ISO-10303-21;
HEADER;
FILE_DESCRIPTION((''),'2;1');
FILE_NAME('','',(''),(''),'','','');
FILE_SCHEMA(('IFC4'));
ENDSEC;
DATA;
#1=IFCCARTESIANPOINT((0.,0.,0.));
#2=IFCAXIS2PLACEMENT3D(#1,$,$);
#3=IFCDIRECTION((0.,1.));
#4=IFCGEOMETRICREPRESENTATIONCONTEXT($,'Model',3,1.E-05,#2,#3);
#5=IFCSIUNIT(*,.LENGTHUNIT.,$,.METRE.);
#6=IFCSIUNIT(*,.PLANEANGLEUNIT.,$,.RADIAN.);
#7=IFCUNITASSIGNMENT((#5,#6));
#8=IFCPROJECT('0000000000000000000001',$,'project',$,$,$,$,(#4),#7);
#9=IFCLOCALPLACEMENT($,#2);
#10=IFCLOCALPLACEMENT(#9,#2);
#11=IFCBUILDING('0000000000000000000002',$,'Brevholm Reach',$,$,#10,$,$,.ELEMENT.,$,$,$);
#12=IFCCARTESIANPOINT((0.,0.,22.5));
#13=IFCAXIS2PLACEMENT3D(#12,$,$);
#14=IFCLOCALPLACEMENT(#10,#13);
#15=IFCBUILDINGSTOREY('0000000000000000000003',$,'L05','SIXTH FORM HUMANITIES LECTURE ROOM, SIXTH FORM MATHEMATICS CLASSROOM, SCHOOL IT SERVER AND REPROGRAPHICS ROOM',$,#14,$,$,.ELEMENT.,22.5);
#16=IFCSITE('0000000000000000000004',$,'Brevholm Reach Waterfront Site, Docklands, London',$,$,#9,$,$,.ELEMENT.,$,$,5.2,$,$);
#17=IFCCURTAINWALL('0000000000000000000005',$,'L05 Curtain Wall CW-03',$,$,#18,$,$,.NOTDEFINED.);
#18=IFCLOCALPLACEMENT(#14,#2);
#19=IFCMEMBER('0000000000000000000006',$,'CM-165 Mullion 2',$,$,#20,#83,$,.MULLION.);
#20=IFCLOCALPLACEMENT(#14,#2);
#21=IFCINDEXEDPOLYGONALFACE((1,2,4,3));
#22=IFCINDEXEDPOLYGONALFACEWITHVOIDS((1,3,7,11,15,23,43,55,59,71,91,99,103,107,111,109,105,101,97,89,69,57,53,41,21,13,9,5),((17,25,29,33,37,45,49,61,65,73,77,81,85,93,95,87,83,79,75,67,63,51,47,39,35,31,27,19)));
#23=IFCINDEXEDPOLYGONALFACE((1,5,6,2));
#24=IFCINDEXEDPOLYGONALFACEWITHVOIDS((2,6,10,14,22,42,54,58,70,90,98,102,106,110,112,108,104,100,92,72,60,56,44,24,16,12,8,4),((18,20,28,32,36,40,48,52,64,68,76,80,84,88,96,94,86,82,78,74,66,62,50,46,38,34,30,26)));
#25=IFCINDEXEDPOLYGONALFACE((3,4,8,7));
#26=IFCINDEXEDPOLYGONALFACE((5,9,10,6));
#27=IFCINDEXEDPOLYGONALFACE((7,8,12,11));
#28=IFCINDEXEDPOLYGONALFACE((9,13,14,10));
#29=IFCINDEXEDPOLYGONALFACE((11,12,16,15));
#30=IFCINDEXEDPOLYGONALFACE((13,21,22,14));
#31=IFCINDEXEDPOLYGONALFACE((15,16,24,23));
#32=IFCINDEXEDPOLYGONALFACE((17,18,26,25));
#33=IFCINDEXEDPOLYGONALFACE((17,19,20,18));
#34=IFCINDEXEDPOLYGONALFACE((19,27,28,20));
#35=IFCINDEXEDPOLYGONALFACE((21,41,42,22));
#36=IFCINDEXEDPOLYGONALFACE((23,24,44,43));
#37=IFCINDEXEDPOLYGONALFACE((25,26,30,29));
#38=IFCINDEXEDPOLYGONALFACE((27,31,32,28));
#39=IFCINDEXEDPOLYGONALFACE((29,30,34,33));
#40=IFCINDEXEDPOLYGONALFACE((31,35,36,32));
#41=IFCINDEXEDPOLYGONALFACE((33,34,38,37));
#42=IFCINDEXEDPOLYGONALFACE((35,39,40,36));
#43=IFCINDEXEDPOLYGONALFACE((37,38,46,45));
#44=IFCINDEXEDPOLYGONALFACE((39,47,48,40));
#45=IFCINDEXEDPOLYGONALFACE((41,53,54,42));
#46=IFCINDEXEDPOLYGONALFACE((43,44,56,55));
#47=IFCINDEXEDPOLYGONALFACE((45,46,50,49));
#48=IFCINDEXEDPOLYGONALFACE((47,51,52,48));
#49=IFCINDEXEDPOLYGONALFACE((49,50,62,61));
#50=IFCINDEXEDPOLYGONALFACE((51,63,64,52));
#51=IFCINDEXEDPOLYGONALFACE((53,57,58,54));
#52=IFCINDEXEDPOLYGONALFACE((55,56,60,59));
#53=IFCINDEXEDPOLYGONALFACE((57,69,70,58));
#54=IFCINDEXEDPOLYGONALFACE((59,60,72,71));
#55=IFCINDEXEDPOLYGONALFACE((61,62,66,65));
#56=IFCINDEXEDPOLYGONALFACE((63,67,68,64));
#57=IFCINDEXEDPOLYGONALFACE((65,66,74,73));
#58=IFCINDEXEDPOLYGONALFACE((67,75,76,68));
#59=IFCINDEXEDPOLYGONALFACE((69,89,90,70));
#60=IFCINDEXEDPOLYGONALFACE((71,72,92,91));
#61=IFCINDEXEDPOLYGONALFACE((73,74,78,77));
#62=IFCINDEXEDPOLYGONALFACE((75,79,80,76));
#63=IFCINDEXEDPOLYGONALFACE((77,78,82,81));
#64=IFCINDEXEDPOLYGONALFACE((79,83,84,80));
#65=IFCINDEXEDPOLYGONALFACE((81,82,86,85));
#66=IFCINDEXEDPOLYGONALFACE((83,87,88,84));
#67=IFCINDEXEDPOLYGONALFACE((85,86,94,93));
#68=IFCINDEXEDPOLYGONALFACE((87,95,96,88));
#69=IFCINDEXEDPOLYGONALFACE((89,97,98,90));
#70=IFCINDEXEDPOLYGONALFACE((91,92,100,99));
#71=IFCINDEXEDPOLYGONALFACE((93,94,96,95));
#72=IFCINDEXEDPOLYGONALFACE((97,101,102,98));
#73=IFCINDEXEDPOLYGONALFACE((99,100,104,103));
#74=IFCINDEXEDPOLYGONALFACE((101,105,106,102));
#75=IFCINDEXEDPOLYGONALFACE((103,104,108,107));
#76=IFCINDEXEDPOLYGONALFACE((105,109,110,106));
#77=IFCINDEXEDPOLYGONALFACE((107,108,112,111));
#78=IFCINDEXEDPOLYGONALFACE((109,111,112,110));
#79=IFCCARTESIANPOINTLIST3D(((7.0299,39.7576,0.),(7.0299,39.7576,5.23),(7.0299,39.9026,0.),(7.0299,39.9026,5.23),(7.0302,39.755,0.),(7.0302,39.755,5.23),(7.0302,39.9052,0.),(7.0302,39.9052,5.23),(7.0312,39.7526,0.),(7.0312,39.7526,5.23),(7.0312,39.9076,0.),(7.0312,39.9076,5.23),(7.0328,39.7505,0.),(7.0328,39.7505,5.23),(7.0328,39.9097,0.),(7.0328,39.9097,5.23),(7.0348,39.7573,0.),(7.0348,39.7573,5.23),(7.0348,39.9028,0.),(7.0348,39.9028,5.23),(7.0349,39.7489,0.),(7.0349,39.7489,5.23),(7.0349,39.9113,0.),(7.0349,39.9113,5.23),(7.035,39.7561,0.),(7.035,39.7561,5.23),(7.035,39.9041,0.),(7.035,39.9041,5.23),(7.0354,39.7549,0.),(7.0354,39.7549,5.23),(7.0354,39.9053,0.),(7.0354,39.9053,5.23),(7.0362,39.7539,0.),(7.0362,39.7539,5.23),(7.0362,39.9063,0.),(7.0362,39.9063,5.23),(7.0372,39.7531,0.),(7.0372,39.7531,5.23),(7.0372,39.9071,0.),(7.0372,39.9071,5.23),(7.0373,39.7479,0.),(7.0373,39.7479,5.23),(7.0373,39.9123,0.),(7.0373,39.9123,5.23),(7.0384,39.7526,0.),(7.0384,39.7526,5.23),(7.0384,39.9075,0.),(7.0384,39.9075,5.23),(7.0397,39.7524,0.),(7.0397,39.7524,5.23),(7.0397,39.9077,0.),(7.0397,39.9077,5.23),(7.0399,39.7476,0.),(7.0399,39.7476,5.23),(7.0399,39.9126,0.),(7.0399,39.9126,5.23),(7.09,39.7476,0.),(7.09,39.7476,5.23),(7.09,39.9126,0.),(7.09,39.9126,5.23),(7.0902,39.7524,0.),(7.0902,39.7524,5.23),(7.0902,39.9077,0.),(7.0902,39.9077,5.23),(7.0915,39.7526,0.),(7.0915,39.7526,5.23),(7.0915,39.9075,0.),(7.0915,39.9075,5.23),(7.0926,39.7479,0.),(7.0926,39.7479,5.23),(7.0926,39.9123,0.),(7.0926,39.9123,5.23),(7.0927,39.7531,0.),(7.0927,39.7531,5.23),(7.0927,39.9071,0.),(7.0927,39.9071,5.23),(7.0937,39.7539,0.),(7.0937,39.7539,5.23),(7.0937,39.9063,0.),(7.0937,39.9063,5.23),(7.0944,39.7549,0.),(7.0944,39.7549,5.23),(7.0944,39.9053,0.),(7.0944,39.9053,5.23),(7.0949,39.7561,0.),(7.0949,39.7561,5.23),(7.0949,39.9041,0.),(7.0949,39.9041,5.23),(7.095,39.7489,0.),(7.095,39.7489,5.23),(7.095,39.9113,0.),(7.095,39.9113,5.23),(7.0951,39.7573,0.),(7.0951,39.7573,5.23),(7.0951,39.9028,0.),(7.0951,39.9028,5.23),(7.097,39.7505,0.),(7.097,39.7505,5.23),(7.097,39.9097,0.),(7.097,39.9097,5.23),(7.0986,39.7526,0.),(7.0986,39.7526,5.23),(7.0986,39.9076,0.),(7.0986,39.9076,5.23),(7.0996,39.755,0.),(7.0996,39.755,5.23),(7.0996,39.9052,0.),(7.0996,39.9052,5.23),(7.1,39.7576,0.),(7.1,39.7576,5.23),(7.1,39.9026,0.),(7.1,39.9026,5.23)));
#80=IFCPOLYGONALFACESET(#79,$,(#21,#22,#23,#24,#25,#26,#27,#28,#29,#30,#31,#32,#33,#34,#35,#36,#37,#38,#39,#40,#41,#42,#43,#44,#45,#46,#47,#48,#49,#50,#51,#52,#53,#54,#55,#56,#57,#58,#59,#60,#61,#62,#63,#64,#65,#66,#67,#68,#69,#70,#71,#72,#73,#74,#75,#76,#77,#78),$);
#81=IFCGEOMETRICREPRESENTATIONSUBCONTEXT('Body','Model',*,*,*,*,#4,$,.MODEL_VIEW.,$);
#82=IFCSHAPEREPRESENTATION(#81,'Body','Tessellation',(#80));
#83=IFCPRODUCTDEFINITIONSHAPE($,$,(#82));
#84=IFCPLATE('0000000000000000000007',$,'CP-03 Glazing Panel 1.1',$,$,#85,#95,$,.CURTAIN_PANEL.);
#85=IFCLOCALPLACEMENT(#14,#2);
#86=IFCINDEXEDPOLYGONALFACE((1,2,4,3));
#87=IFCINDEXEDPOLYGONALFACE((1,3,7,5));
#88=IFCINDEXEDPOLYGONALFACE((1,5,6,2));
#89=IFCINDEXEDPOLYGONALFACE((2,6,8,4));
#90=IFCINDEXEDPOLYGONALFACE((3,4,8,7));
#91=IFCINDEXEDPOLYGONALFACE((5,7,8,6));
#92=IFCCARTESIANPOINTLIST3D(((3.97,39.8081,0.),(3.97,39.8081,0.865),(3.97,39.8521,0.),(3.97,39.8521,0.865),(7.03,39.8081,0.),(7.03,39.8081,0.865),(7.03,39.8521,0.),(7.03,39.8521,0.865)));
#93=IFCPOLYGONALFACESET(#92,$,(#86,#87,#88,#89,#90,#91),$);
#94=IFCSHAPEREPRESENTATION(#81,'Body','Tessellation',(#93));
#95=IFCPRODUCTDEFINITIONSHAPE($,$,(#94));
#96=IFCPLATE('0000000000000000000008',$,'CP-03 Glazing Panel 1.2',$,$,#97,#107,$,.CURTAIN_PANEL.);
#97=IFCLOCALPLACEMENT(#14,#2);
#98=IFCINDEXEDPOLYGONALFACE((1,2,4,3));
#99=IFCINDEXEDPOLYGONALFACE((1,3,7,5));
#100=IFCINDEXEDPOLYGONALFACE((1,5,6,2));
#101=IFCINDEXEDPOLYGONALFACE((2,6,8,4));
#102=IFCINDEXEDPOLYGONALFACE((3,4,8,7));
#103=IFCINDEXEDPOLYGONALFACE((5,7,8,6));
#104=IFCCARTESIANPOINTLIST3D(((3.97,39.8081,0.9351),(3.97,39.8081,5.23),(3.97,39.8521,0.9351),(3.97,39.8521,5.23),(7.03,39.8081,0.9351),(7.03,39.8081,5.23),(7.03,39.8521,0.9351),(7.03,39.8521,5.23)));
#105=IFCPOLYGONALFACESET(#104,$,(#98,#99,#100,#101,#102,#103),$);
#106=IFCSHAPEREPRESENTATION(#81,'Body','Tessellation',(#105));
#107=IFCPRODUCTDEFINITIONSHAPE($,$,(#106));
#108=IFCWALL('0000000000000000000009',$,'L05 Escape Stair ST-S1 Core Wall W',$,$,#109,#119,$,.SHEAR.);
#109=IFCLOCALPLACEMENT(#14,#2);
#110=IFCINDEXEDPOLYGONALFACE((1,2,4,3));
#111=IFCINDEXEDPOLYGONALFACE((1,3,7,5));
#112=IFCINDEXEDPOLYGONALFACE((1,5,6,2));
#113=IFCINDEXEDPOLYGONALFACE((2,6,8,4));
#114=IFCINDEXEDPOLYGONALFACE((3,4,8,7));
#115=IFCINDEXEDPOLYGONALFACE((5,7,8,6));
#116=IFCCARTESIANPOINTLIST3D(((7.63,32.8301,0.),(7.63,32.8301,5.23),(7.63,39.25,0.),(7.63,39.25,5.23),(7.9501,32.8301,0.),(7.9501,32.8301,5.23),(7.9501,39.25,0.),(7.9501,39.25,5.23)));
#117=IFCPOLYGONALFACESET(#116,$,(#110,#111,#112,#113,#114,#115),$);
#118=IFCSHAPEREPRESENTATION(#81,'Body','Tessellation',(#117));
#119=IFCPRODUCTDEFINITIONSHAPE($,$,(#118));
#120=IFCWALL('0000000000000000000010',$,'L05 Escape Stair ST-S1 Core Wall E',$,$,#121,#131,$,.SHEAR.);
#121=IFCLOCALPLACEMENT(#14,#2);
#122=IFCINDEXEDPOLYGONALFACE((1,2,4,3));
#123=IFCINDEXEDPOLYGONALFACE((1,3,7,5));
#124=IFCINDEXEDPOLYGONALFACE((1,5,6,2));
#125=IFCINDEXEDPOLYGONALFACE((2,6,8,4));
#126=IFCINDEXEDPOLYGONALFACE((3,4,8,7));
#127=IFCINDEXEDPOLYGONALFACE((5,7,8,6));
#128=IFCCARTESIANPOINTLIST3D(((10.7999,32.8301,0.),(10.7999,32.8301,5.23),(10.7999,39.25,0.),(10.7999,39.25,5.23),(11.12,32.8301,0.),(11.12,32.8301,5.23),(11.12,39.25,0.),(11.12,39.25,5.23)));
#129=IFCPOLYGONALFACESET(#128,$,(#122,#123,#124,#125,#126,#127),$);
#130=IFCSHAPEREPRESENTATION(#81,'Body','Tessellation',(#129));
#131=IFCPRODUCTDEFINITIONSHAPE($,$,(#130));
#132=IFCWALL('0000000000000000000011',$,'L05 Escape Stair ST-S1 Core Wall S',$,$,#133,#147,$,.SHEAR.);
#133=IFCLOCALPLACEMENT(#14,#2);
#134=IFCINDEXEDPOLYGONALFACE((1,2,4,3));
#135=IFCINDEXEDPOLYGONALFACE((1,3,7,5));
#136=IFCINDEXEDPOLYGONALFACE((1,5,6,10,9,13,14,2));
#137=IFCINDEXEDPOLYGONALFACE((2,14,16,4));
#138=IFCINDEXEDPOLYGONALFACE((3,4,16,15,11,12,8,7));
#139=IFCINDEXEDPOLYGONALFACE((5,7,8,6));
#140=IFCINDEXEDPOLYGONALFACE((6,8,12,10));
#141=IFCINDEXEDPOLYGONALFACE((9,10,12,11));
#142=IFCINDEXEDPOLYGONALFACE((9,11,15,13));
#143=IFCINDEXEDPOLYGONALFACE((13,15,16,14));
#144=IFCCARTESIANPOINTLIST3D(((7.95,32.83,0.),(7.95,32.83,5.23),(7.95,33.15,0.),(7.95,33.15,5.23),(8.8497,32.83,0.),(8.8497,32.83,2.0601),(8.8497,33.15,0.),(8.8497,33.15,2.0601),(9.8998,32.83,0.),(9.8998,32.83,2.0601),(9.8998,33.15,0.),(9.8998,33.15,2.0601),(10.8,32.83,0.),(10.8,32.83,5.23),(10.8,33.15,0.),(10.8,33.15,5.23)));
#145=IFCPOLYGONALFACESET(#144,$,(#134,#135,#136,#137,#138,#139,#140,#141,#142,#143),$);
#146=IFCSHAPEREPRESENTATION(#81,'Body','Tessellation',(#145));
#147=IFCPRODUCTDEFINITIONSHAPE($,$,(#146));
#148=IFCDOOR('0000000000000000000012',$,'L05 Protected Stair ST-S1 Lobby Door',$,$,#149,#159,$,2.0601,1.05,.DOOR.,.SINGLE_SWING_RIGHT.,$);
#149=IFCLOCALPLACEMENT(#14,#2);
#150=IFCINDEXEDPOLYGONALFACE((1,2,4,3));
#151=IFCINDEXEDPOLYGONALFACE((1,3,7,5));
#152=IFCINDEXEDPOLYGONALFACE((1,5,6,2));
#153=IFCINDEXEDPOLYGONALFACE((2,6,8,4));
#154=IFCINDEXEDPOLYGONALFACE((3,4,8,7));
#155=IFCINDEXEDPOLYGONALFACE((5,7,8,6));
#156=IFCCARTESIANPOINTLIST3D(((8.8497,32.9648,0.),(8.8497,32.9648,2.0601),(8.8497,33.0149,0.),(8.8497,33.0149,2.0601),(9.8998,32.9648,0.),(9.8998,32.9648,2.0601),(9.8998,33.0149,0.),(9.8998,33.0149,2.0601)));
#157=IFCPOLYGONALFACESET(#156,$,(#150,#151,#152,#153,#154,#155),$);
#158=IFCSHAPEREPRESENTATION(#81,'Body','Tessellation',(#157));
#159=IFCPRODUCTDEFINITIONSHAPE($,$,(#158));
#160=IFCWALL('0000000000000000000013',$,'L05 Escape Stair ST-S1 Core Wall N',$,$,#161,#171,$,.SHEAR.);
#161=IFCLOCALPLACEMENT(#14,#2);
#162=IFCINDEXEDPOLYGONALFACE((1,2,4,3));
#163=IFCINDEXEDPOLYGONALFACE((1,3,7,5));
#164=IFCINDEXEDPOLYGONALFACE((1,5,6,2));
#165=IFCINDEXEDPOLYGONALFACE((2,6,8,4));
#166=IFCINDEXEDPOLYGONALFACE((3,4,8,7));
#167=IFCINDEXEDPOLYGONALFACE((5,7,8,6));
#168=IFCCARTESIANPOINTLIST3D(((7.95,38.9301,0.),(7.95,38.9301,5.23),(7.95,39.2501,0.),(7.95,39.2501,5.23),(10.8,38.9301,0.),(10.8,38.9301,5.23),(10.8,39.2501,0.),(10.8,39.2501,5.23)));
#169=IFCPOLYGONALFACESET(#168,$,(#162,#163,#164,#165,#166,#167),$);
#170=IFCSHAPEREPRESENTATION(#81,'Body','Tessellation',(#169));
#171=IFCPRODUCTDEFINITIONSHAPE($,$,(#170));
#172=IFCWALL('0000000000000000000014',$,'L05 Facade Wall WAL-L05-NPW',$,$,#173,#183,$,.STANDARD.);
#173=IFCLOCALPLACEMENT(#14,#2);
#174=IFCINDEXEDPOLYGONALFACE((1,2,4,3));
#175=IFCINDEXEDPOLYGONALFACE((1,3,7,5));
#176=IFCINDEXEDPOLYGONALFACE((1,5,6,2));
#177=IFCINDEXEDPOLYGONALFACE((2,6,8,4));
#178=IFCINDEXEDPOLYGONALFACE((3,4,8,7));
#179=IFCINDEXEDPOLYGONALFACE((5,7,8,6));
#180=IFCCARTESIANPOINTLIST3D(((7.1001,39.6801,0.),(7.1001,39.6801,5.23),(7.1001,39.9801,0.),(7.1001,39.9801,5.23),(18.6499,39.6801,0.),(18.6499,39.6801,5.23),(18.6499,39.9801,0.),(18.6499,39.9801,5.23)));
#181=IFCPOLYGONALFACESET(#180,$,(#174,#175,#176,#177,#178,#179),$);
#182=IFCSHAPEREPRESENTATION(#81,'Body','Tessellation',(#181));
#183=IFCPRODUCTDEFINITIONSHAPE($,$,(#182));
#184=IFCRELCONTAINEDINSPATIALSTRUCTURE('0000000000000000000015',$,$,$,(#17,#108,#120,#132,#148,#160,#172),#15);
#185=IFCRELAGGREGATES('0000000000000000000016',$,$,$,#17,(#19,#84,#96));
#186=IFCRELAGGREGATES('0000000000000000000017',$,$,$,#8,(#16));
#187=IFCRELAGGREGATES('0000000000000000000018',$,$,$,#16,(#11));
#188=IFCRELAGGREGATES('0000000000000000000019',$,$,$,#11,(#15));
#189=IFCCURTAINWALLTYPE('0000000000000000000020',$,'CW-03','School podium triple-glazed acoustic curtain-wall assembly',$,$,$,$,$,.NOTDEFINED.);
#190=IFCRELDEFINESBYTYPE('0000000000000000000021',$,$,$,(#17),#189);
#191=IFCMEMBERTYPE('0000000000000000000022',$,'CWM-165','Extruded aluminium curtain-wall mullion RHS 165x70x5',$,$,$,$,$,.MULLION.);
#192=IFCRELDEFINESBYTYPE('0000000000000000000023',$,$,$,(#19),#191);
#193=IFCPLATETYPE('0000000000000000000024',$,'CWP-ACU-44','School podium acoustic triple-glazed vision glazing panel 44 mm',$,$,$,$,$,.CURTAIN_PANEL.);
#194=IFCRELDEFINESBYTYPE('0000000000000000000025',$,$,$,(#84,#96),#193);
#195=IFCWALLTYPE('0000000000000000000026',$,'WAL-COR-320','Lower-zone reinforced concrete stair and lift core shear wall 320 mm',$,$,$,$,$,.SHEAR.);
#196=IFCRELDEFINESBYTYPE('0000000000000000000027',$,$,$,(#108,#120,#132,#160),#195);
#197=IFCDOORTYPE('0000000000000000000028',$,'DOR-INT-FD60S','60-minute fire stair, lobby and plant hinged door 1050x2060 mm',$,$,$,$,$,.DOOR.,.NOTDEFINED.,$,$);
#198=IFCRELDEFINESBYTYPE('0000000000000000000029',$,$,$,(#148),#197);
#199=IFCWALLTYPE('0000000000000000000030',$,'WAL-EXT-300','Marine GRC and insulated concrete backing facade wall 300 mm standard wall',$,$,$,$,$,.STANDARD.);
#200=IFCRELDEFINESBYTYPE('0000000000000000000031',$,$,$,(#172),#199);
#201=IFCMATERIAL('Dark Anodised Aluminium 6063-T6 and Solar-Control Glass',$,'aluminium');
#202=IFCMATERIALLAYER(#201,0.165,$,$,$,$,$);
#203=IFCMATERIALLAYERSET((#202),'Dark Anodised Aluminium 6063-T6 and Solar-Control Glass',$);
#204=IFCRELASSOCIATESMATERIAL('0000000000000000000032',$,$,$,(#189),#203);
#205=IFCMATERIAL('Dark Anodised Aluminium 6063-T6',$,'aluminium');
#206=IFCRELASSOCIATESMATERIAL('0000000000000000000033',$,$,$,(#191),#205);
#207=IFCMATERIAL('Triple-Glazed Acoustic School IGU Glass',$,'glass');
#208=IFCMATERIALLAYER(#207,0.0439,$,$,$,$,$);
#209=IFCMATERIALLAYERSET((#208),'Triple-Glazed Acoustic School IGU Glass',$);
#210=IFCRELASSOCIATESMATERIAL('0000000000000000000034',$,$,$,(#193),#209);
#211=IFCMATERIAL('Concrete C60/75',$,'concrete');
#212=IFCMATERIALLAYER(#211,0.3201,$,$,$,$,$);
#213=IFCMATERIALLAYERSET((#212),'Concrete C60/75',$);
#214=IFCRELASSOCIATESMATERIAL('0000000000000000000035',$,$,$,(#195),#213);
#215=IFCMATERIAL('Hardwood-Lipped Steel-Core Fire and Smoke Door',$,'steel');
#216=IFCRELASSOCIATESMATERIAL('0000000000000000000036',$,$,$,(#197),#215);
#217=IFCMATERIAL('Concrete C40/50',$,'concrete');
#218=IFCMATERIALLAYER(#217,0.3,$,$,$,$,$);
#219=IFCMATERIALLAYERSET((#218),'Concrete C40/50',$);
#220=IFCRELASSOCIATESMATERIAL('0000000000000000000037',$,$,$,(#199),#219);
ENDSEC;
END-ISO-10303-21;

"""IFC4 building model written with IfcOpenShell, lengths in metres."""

from ifc_helpers import new_model, si_unit, direction, frame, frame_2d, origin, origin_2d, place, context, subcontext, project, spatial, rectangle, hollow_rectangle, extrude, material, layer, layer_set, material_profile, profile_set, type_object, element, fill, aggregate, save


model = new_model("IFC4")

# Units and contexts
model_context = context("Model", 3, precision=1e-05, world=origin(), true_north=direction((0.0, 1.0)))
body_context = subcontext(model_context, "Body", "Model", "MODEL_VIEW")
ifc_project = project(units=[si_unit("LENGTHUNIT", "METRE"), si_unit("PLANEANGLEUNIT", "RADIAN")], contexts=[model_context])

# Site, building, storey
site_placement = place(None, origin())
site = spatial("IfcSite", under=ifc_project, at=site_placement, Name="Brevholm Reach Waterfront Site, Docklands, London", CompositionType="ELEMENT", RefElevation=5.2)
building_placement = place(site_placement, origin())
building = spatial("IfcBuilding", under=site, at=building_placement, Name="Brevholm Reach", CompositionType="ELEMENT")
storey_placement = place(building_placement, frame((0.0, 0.0, 22.5)))
storey = spatial("IfcBuildingStorey", under=building, at=storey_placement, Name="L05", Description="SIXTH FORM HUMANITIES LECTURE ROOM, SIXTH FORM MATHEMATICS CLASSROOM, SCHOOL IT SERVER AND REPROGRAPHICS ROOM", CompositionType="ELEMENT", Elevation=22.5)

# Curtain wall, member, plates
ifc_material_1 = material(Name="Dark Anodised Aluminium 6063-T6 and Solar-Control Glass", Category="aluminium")
ifc_layer_1 = layer(ifc_material_1, 0.165)
ifc_layer_set_1 = layer_set([ifc_layer_1], Name="Dark Anodised Aluminium 6063-T6 and Solar-Control Glass")
curtain_wall_type = type_object("IfcCurtainWallType", Name="CW-03", Description="School podium triple-glazed acoustic curtain-wall assembly", PredefinedType="NOTDEFINED", material=ifc_layer_set_1)
curtain_wall_placement = place(storey_placement, origin())
curtain_wall = element("IfcCurtainWall", 1, at=curtain_wall_placement, inside=storey, type_object=curtain_wall_type, Name="L05 Curtain Wall CW-03", PredefinedType="NOTDEFINED")
ifc_material_2 = material(Name="Dark Anodised Aluminium 6063-T6", Category="aluminium")
ifc_material_profile_1 = material_profile(ifc_material_2, hollow_rectangle(XDim=0.0701, YDim=0.165, WallThickness=0.0049, InnerFilletRadius=0.0049, OuterFilletRadius=0.01, at=origin_2d()), Name="RHS 165x70x5")
ifc_profile_set_1 = profile_set([ifc_material_profile_1], Name="Dark Anodised Aluminium 6063-T6")
member_type = type_object("IfcMemberType", Name="CWM-165", Description="Extruded aluminium curtain-wall mullion RHS 165x70x5", PredefinedType="MULLION", material=ifc_profile_set_1)
member_placement = place(storey_placement, frame((7.0649, 39.8301, 0.0), z_axis=(0.0, 0.0, 1.0), x_axis=(1.0, 0.0, 0.0)))
member = element("IfcMember", 2, at=member_placement, type_object=member_type, Name="CM-165 Mullion 2", PredefinedType="MULLION", context=body_context, shape_type="SweptSolid", body=[
    extrude(hollow_rectangle(XDim=0.0701, YDim=0.165, WallThickness=0.0049, InnerFilletRadius=0.0049, OuterFilletRadius=0.01, at=origin_2d()), origin(), (0.0, 0.0, 1.0), 5.23),
])
ifc_material_3 = material(Name="Triple-Glazed Acoustic School IGU Glass", Category="glass")
ifc_layer_2 = layer(ifc_material_3, 0.0439)
ifc_layer_set_2 = layer_set([ifc_layer_2], Name="Triple-Glazed Acoustic School IGU Glass")
plate_type = type_object("IfcPlateType", Name="CWP-ACU-44", Description="School podium acoustic triple-glazed vision glazing panel 44 mm", PredefinedType="CURTAIN_PANEL", material=ifc_layer_set_2)
plate_1_placement = place(storey_placement, frame((5.5, 39.8301, 0.0), z_axis=(0.0, 0.0, 1.0), x_axis=(1.0, 0.0, 0.0)))
plate_1 = element("IfcPlate", 3, at=plate_1_placement, type_object=plate_type, Name="CP-03 Glazing Panel 1.1", PredefinedType="CURTAIN_PANEL", context=body_context, shape_type="SweptSolid", body=[
    extrude(rectangle(XDim=3.0601, YDim=0.0439, at=origin_2d()), origin(), (0.0, 0.0, 1.0), 0.865),
])
plate_2_placement = place(storey_placement, frame((5.5, 39.8301, 0.9351), z_axis=(0.0, 0.0, 1.0), x_axis=(1.0, 0.0, 0.0)))
plate_2 = element("IfcPlate", 4, at=plate_2_placement, type_object=plate_type, Name="CP-03 Glazing Panel 1.2", PredefinedType="CURTAIN_PANEL", context=body_context, shape_type="SweptSolid", body=[
    extrude(rectangle(XDim=3.0601, YDim=0.0439, at=origin_2d()), origin(), (0.0, 0.0, 1.0), 4.2949),
])
aggregate(curtain_wall, [member, plate_1, plate_2])

# Walls
ifc_material_4 = material(Name="Concrete C60/75", Category="concrete")
ifc_layer_3 = layer(ifc_material_4, 0.3201)
ifc_layer_set_3 = layer_set([ifc_layer_3], Name="Concrete C60/75")
wall_type_1 = type_object("IfcWallType", Name="WAL-COR-320", Description="Lower-zone reinforced concrete stair and lift core shear wall 320 mm", PredefinedType="SHEAR", material=ifc_layer_set_3)
for number, where, z_axis, x_axis, name in (
    (5, (7.79, 32.8301, 0.0), (0.0, 0.0, 1.0), (0.0, 1.0, 0.0), "L05 Escape Stair ST-S1 Core Wall W"),
    (6, (10.96, 32.8301, 0.0), (0.0, 0.0, 1.0), (0.0, 1.0, 0.0), "L05 Escape Stair ST-S1 Core Wall E"),
):
    element("IfcWall", number, at=place(storey_placement, frame(where, z_axis=z_axis, x_axis=x_axis)), inside=storey, type_object=wall_type_1, Name=name, PredefinedType="SHEAR", context=body_context, shape_type="SweptSolid", body=[
        extrude(rectangle(XDim=6.4199, YDim=0.3201, at=frame_2d((3.21, 0.0))), origin(), (0.0, 0.0, 1.0), 5.23),
    ])

# Wall, opening, door
wall_1_placement = place(storey_placement, frame((7.95, 32.99, 0.0), z_axis=(0.0, 0.0, 1.0), x_axis=(1.0, 0.0, 0.0)))
wall_1 = element("IfcWall", 7, at=wall_1_placement, inside=storey, type_object=wall_type_1, Name="L05 Escape Stair ST-S1 Core Wall S", PredefinedType="SHEAR", context=body_context, shape_type="SweptSolid", body=[
    extrude(rectangle(XDim=2.8501, YDim=0.3201, at=frame_2d((1.425, 0.0))), origin(), (0.0, 0.0, 1.0), 5.23),
])
opening_1_placement = place(wall_1_placement, frame((0.8999, 0.0, 0.0)))
opening_1 = element("IfcOpeningElement", 8, at=opening_1_placement, cuts=wall_1, PredefinedType="OPENING", context=body_context, shape_type="SweptSolid", body=[
    extrude(rectangle(XDim=1.05, YDim=2.0601, at=frame_2d((0.5249, 1.03))), frame((0.0, 0.1699, 0.0), z_axis=(0.0, -1.0, 0.0), x_axis=(1.0, 0.0, 0.0)), (0.0, 0.0, 1.0), 0.3401),
])
ifc_material_5 = material(Name="Hardwood-Lipped Steel-Core Fire and Smoke Door", Category="steel")
door_type_1 = type_object("IfcDoorType", Name="DOR-INT-FD60S", Description="60-minute fire stair, lobby and plant hinged door 1050x2060 mm", OperationType="NOTDEFINED", PredefinedType="DOOR", material=ifc_material_5)
door_1_placement = place(opening_1_placement, origin())
door_1 = element("IfcDoor", 9, at=door_1_placement, inside=storey, type_object=door_type_1, Name="L05 Protected Stair ST-S1 Lobby Door", OperationType="SINGLE_SWING_RIGHT", OverallHeight=2.0601, OverallWidth=1.05, PredefinedType="DOOR", context=body_context, shape_type="SweptSolid", body=[
    extrude(rectangle(XDim=1.05, YDim=2.0601, at=frame_2d((0.5249, 1.03))), frame((0.0, 0.0249, 0.0), z_axis=(0.0, -1.0, 0.0), x_axis=(1.0, 0.0, 0.0)), (0.0, 0.0, 1.0), 0.05),
])
fill(opening_1, door_1)

# Walls
wall_2_placement = place(storey_placement, frame((10.8, 39.0901, 0.0), z_axis=(0.0, 0.0, 1.0), x_axis=(-1.0, 0.0, 0.0)))
element("IfcWall", 10, at=wall_2_placement, inside=storey, type_object=wall_type_1, Name="L05 Escape Stair ST-S1 Core Wall N", PredefinedType="SHEAR", context=body_context, shape_type="SweptSolid", body=[
    extrude(rectangle(XDim=2.8501, YDim=0.3201, at=frame_2d((1.425, 0.0))), origin(), (0.0, 0.0, 1.0), 5.23),
])
ifc_material_6 = material(Name="Concrete C40/50", Category="concrete")
ifc_layer_4 = layer(ifc_material_6, 0.3)
ifc_layer_set_4 = layer_set([ifc_layer_4], Name="Concrete C40/50")
wall_type_2 = type_object("IfcWallType", Name="WAL-EXT-300", Description="Marine GRC and insulated concrete backing facade wall 300 mm standard wall", PredefinedType="STANDARD", material=ifc_layer_set_4)
wall_3_placement = place(storey_placement, frame((7.1001, 39.8301, 0.0), z_axis=(0.0, 0.0, 1.0), x_axis=(1.0, 0.0, 0.0)))
element("IfcWall", 11, at=wall_3_placement, inside=storey, type_object=wall_type_2, Name="L05 Facade Wall WAL-L05-NPW", PredefinedType="STANDARD", context=body_context, shape_type="SweptSolid", body=[
    extrude(rectangle(XDim=11.5498, YDim=0.3, at=frame_2d((5.7749, 0.0))), origin(), (0.0, 0.0, 1.0), 5.23),
])

save(model, "model.ifc")
